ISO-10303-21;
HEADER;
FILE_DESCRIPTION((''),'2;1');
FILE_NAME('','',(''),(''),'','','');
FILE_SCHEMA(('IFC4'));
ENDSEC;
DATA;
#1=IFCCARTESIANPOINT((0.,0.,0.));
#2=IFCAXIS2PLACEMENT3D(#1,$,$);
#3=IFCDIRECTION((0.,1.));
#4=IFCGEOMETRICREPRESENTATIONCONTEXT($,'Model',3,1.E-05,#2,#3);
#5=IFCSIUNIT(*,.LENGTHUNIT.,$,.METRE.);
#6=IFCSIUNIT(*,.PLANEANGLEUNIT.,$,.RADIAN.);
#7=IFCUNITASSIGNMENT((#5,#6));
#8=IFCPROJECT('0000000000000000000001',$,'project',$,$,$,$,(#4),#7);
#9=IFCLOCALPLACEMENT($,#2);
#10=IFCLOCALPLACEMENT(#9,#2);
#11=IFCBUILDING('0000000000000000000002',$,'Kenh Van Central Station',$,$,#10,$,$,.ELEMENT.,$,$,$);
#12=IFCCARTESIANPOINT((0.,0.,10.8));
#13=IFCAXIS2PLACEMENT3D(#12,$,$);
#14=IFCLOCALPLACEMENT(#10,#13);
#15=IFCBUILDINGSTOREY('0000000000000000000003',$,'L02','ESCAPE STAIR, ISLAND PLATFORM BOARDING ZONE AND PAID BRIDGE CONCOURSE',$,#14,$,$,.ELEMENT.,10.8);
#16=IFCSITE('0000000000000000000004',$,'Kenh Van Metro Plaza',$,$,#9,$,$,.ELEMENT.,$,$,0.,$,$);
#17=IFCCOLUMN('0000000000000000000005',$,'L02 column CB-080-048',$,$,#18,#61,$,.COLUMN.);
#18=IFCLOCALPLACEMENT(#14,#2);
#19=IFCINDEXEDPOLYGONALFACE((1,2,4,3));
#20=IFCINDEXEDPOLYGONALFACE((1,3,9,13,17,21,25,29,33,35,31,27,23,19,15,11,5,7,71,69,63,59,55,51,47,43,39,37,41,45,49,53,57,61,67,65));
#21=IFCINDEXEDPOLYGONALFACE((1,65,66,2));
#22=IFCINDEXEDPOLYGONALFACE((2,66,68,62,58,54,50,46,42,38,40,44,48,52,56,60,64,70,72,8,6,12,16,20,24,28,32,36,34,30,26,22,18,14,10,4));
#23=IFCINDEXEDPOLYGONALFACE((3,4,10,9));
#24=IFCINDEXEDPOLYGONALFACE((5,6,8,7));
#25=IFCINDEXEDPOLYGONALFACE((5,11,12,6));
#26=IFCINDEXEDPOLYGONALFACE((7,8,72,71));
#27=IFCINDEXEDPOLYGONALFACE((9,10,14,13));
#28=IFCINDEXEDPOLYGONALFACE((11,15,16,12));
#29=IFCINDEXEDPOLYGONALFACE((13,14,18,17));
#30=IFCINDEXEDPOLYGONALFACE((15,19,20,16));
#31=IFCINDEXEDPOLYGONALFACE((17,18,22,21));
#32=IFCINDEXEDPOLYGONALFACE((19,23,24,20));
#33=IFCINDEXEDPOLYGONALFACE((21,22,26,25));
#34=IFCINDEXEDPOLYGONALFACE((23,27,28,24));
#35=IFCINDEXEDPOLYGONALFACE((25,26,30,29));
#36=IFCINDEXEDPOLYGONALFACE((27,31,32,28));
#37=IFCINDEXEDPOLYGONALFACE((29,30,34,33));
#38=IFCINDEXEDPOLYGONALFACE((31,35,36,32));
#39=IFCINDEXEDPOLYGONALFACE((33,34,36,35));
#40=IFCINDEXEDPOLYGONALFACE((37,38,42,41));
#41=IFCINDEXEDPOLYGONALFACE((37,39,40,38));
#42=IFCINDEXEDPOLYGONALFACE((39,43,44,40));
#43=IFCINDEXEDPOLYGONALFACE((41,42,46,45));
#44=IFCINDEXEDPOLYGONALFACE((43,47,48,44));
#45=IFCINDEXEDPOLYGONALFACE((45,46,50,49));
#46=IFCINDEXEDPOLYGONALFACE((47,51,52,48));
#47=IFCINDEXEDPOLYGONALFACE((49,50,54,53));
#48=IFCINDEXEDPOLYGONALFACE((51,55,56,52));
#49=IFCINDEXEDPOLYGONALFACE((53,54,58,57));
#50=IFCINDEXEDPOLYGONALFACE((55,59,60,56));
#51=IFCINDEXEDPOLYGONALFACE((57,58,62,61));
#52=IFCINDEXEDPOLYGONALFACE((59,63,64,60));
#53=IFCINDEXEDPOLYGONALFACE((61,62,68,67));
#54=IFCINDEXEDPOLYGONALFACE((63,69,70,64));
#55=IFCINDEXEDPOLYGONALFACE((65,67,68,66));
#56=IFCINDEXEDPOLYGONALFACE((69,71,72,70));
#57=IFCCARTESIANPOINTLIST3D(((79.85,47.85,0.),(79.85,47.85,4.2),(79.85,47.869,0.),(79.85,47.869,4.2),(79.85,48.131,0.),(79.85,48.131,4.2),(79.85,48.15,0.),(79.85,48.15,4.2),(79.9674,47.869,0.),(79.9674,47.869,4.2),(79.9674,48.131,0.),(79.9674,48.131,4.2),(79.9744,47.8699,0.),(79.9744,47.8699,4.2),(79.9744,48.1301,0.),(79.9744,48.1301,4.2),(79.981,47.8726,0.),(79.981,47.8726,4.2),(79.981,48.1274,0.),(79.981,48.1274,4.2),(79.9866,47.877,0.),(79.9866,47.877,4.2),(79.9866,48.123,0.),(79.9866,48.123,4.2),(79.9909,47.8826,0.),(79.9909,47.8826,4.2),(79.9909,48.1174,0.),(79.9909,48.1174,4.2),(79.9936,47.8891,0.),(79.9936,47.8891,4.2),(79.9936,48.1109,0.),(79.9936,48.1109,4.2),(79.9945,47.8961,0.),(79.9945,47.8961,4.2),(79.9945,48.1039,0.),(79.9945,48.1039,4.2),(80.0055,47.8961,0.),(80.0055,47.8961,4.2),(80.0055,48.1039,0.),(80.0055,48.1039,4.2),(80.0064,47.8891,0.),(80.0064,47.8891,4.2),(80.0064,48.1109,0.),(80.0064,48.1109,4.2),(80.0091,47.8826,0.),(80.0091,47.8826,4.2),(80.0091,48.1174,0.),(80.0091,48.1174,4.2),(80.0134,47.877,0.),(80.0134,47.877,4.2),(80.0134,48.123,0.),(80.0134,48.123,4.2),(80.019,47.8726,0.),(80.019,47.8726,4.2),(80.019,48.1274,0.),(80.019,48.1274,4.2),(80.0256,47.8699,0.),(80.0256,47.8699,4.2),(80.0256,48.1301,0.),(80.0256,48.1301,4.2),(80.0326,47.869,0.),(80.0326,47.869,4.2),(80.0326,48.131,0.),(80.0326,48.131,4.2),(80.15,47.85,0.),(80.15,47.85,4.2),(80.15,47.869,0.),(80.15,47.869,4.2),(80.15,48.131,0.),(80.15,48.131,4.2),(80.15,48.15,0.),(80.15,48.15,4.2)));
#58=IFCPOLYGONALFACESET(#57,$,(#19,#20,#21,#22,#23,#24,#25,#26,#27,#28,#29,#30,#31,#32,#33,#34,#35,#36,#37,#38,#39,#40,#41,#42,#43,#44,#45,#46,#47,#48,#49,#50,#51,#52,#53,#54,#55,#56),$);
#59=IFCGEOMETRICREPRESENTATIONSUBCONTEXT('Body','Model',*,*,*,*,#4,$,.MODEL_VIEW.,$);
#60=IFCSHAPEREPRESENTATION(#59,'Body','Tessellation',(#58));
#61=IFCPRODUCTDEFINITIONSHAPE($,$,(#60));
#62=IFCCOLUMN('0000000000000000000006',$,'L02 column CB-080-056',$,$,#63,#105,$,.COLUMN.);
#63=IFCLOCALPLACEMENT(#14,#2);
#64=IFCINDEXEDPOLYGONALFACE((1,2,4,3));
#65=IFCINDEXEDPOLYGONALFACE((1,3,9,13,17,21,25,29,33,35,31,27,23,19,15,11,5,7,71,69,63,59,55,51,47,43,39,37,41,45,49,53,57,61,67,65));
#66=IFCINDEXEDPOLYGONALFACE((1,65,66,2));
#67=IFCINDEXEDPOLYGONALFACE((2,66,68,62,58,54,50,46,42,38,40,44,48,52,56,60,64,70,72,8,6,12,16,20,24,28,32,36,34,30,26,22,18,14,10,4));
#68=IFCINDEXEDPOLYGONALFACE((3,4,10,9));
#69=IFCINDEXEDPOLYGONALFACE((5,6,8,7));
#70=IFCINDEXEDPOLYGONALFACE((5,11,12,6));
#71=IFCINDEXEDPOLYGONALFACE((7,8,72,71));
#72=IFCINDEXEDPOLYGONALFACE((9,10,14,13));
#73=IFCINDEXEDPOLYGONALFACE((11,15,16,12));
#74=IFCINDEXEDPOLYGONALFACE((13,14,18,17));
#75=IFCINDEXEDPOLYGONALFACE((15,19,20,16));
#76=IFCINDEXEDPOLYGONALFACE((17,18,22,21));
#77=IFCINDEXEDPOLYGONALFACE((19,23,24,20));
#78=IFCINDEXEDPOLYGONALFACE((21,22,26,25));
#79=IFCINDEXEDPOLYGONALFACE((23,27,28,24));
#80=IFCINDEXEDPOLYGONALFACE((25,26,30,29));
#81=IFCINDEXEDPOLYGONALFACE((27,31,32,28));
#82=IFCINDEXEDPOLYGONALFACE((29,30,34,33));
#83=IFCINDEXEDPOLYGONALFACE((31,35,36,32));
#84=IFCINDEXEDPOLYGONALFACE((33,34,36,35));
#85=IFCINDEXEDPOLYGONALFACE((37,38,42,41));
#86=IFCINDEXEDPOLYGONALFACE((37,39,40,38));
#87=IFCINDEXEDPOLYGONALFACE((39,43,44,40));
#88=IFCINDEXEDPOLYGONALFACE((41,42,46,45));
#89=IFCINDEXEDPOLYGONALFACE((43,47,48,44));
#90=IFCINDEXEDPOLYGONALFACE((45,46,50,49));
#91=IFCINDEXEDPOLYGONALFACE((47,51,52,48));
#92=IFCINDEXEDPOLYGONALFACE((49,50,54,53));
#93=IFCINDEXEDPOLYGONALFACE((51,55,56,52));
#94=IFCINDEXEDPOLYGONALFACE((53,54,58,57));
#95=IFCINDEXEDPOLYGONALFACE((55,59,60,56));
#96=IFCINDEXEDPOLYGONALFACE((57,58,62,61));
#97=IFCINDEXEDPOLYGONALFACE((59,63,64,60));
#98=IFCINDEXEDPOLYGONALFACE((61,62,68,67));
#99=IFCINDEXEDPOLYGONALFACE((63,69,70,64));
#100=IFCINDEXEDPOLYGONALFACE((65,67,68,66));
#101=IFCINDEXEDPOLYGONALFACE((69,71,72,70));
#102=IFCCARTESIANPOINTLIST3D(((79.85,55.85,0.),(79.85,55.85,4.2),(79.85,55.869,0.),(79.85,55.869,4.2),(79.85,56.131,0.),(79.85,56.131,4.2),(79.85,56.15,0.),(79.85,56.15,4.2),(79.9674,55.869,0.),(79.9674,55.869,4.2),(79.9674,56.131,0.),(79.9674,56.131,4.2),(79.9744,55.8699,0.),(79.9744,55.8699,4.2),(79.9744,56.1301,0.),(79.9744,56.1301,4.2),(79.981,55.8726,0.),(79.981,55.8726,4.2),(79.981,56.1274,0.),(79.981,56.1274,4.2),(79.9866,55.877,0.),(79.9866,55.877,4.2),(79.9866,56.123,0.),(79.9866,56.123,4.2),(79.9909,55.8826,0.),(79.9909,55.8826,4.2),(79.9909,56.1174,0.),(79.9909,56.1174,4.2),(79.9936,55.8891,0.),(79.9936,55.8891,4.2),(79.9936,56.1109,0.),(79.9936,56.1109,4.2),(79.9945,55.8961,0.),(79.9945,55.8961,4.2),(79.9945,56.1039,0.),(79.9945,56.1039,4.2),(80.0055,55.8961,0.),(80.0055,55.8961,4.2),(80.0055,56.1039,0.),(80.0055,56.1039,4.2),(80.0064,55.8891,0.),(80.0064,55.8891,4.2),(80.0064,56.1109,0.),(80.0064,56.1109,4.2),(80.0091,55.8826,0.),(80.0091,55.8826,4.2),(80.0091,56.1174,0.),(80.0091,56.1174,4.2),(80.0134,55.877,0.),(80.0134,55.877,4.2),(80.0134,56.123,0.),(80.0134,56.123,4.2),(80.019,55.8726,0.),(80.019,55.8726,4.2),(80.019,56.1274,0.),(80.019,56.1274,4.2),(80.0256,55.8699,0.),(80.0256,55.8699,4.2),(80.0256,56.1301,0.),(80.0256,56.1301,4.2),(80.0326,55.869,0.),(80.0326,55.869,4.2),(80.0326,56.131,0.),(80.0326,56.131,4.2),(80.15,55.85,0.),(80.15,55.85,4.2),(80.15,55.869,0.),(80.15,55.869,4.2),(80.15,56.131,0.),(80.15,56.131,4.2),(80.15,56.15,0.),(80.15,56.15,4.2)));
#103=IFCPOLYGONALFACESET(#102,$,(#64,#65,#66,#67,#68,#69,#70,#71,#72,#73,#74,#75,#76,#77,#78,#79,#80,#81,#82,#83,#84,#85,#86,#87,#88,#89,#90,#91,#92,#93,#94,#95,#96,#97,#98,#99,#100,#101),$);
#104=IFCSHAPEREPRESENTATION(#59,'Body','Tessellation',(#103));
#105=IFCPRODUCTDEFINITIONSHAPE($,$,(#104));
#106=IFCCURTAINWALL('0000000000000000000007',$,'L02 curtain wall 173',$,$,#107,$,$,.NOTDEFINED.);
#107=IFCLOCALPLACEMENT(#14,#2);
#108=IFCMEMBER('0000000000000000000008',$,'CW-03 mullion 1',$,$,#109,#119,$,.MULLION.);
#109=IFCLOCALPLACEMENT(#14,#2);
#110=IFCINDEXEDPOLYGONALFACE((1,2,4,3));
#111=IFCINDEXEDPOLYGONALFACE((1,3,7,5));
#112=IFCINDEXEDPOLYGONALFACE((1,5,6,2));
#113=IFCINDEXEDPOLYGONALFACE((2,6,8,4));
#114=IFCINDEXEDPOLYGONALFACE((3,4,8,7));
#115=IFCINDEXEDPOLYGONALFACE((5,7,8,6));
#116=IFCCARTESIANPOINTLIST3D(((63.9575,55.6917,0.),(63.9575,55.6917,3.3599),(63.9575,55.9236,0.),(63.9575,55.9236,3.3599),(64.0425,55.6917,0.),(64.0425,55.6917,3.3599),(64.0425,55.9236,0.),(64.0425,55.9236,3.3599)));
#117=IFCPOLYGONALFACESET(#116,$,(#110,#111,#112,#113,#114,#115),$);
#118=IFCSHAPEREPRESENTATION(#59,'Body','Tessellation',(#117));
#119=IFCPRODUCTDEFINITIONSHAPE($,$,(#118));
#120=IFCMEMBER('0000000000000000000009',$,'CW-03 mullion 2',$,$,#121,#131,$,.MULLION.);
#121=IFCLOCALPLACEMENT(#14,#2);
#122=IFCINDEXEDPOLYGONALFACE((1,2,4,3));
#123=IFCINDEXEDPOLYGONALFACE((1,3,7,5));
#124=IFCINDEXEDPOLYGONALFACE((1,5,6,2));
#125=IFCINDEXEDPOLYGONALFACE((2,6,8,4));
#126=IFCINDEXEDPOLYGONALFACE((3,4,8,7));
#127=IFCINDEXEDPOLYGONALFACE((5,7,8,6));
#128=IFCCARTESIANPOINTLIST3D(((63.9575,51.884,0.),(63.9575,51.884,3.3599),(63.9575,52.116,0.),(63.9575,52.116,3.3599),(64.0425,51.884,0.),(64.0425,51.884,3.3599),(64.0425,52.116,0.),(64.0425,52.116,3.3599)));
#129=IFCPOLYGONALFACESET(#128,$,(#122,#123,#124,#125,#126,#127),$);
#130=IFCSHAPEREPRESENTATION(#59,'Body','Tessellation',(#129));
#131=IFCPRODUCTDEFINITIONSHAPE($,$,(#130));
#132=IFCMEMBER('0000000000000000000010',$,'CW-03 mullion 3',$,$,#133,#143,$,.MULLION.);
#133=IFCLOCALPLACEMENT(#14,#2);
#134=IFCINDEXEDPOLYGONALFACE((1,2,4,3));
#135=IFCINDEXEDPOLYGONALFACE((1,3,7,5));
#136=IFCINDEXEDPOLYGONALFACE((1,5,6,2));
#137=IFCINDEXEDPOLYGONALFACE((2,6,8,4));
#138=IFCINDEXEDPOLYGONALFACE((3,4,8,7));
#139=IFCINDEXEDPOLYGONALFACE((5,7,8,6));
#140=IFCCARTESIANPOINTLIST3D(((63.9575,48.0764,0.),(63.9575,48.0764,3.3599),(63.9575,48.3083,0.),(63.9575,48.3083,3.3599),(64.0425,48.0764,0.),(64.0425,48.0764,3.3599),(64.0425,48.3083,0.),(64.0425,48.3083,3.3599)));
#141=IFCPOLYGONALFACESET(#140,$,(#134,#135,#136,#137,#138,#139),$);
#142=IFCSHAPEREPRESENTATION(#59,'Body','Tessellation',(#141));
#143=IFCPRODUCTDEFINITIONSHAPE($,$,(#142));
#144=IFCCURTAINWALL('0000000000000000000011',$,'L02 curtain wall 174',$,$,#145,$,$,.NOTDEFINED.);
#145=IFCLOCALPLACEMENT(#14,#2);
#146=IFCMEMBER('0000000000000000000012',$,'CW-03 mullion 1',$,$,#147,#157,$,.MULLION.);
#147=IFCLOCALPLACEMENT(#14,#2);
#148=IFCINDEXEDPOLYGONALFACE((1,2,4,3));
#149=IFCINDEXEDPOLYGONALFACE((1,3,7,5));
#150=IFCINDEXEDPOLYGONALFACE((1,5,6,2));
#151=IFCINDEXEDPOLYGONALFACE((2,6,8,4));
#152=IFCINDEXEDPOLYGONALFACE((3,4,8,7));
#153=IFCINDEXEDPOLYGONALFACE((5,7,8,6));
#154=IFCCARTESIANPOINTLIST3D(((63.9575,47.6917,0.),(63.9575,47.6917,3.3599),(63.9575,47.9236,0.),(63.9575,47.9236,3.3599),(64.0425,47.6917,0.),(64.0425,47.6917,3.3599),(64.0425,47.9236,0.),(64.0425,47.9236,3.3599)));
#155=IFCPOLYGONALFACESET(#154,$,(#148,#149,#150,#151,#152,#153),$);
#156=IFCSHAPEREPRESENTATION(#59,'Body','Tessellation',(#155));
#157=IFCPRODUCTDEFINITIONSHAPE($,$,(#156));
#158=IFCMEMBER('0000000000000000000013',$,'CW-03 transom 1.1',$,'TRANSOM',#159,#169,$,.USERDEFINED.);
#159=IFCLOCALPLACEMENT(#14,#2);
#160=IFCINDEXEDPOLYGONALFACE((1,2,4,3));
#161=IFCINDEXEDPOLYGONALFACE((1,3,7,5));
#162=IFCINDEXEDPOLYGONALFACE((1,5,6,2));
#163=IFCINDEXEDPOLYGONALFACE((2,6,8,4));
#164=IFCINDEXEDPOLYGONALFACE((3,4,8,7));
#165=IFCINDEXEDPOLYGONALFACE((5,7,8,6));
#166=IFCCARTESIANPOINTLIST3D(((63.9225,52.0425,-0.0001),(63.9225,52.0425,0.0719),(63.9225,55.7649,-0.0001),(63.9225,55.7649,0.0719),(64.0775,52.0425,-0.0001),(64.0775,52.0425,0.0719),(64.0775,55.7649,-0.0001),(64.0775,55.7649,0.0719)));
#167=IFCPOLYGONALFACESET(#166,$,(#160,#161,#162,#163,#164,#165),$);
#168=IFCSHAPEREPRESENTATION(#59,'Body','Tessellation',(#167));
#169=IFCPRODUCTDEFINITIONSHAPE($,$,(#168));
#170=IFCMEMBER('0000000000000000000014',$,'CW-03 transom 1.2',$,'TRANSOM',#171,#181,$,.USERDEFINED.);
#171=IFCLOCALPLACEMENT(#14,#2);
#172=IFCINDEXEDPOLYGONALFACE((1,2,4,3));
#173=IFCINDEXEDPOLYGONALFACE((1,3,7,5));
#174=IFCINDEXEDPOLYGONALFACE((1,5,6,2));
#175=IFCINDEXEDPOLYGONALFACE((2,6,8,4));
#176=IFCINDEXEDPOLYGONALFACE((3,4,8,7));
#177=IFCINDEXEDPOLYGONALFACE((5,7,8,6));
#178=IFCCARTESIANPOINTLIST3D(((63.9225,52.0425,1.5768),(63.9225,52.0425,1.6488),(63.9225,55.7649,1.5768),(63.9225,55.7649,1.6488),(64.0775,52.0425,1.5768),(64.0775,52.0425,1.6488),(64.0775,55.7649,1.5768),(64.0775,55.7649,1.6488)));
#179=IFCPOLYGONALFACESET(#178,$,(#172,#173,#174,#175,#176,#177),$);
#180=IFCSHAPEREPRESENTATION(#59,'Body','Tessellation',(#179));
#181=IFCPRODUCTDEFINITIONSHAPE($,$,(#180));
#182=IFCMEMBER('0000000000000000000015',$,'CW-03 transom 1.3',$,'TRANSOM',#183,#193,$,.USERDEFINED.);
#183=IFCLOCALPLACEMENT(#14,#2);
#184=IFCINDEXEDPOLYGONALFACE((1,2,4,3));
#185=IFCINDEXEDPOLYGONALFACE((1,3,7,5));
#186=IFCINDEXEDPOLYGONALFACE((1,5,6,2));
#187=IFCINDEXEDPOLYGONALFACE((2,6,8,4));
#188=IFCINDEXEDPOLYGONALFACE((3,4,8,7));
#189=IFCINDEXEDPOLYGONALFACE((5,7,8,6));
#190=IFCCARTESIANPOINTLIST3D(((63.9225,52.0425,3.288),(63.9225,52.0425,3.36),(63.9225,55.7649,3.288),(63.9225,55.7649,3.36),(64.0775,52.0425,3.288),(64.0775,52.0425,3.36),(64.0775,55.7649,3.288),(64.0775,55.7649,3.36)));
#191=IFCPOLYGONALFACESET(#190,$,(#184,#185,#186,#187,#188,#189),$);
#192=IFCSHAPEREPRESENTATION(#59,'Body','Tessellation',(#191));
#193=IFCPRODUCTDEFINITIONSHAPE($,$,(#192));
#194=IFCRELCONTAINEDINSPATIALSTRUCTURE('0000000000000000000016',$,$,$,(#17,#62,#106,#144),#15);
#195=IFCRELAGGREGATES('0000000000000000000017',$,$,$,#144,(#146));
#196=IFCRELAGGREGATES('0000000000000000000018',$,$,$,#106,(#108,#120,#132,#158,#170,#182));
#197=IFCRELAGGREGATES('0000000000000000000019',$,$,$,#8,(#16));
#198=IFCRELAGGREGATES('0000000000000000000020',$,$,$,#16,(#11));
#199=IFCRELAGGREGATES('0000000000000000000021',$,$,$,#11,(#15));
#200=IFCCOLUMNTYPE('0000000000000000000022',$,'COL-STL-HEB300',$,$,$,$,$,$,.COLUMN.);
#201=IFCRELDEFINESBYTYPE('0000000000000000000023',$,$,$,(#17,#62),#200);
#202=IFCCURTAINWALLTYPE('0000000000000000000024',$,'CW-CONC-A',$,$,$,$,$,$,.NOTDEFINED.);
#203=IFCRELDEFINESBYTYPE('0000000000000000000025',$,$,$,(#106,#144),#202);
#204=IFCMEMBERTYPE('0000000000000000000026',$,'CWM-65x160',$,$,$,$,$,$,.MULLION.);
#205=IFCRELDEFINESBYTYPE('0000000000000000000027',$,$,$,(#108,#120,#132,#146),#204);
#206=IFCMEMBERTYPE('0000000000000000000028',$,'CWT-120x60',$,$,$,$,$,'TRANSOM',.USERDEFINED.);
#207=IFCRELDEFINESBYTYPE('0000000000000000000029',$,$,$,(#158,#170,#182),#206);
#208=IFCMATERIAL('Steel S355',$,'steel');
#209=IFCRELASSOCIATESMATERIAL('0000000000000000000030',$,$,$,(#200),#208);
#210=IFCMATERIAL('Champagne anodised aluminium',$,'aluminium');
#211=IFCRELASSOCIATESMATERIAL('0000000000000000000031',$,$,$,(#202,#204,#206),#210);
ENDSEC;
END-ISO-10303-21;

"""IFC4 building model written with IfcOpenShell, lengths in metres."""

from ifc_helpers import new_model, si_unit, direction, frame, origin, origin_2d, place, context, subcontext, project, spatial, rectangle, i_section, extrude, material, material_profile, profile_set, type_object, element, aggregate, save


model = new_model("IFC4")

# Units and contexts
model_context = context("Model", 3, precision=1e-05, world=origin(), true_north=direction((0.0, 1.0)))
body_context = subcontext(model_context, "Body", "Model", "MODEL_VIEW")
ifc_project = project(units=[si_unit("LENGTHUNIT", "METRE"), si_unit("PLANEANGLEUNIT", "RADIAN")], contexts=[model_context])

# Site, building, storey
site_placement = place(None, origin())
site = spatial("IfcSite", under=ifc_project, at=site_placement, Name="Kenh Van Metro Plaza", CompositionType="ELEMENT", RefElevation=0.0)
building_placement = place(site_placement, origin())
building = spatial("IfcBuilding", under=site, at=building_placement, Name="Kenh Van Central Station", CompositionType="ELEMENT")
storey_placement = place(building_placement, frame((0.0, 0.0, 10.8)))
storey = spatial("IfcBuildingStorey", under=building, at=storey_placement, Name="L02", Description="ESCAPE STAIR, ISLAND PLATFORM BOARDING ZONE AND PAID BRIDGE CONCOURSE", CompositionType="ELEMENT", Elevation=10.8)

# Columns
ifc_material_1 = material(Name="Steel S355", Category="steel")
ifc_material_profile_1 = material_profile(ifc_material_1, i_section(OverallWidth=0.3, OverallDepth=0.3, WebThickness=0.011, FlangeThickness=0.019, FilletRadius=0.0271, at=origin_2d()), Name="HEB 300")
ifc_profile_set_1 = profile_set([ifc_material_profile_1], Name="Steel S355")
column_type = type_object("IfcColumnType", Name="COL-STL-HEB300", PredefinedType="COLUMN", material=ifc_profile_set_1)
for number, where, z_axis, x_axis, name in (
    (1, (80.0, 48.0, 0.0), (0.0, 0.0, 1.0), (1.0, 0.0, 0.0), "L02 column CB-080-048"),
    (2, (80.0, 56.0, 0.0), (0.0, 0.0, 1.0), (1.0, 0.0, 0.0), "L02 column CB-080-056"),
):
    element("IfcColumn", number, at=place(storey_placement, frame(where, z_axis=z_axis, x_axis=x_axis)), inside=storey, type_object=column_type, Name=name, PredefinedType="COLUMN", context=body_context, shape_type="SweptSolid", body=[
        extrude(i_section(OverallWidth=0.3, OverallDepth=0.3, WebThickness=0.011, FlangeThickness=0.019, FilletRadius=0.0271, at=origin_2d()), origin(), (0.0, 0.0, 1.0), 4.2),
    ])

# Curtain wall, members
ifc_material_2 = material(Name="Champagne anodised aluminium", Category="aluminium")
curtain_wall_type = type_object("IfcCurtainWallType", Name="CW-CONC-A", PredefinedType="NOTDEFINED", material=ifc_material_2)
curtain_wall_1_placement = place(storey_placement, origin())
curtain_wall_1 = element("IfcCurtainWall", 3, at=curtain_wall_1_placement, inside=storey, type_object=curtain_wall_type, Name="L02 curtain wall 173", PredefinedType="NOTDEFINED")
ifc_material_profile_2 = material_profile(ifc_material_2, rectangle(XDim=0.085, YDim=0.2319, at=origin_2d()), Name="AL 85x232")
ifc_profile_set_2 = profile_set([ifc_material_profile_2], Name="Champagne anodised aluminium")
member_type_1 = type_object("IfcMemberType", Name="CWM-65x160", PredefinedType="MULLION", material=ifc_profile_set_2)
member_1_placement = place(storey_placement, frame((64.0, 55.8076, 0.0), z_axis=(0.0, 0.0, 1.0), x_axis=(1.0, 0.0, 0.0)))
member_1 = element("IfcMember", 4, at=member_1_placement, type_object=member_type_1, Name="CW-03 mullion 1", PredefinedType="MULLION", context=body_context, shape_type="SweptSolid", body=[
    extrude(rectangle(XDim=0.085, YDim=0.2319, at=origin_2d()), origin(), (0.0, 0.0, 1.0), 3.3599),
])
member_2_placement = place(storey_placement, frame((64.0, 52.0, 0.0), z_axis=(0.0, 0.0, 1.0), x_axis=(1.0, 0.0, 0.0)))
member_2 = element("IfcMember", 5, at=member_2_placement, type_object=member_type_1, Name="CW-03 mullion 2", PredefinedType="MULLION", context=body_context, shape_type="SweptSolid", body=[
    extrude(rectangle(XDim=0.085, YDim=0.2319, at=origin_2d()), origin(), (0.0, 0.0, 1.0), 3.3599),
])
member_3_placement = place(storey_placement, frame((64.0, 48.1924, 0.0), z_axis=(0.0, 0.0, 1.0), x_axis=(1.0, 0.0, 0.0)))
member_3 = element("IfcMember", 6, at=member_3_placement, type_object=member_type_1, Name="CW-03 mullion 3", PredefinedType="MULLION", context=body_context, shape_type="SweptSolid", body=[
    extrude(rectangle(XDim=0.085, YDim=0.2319, at=origin_2d()), origin(), (0.0, 0.0, 1.0), 3.3599),
])

# Curtain wall, member
curtain_wall_2_placement = place(storey_placement, origin())
curtain_wall_2 = element("IfcCurtainWall", 7, at=curtain_wall_2_placement, inside=storey, type_object=curtain_wall_type, Name="L02 curtain wall 174", PredefinedType="NOTDEFINED")
member_4_placement = place(storey_placement, frame((64.0, 47.8076, 0.0), z_axis=(0.0, 0.0, 1.0), x_axis=(1.0, 0.0, 0.0)))
member_4 = element("IfcMember", 8, at=member_4_placement, type_object=member_type_1, Name="CW-03 mullion 1", PredefinedType="MULLION", context=body_context, shape_type="SweptSolid", body=[
    extrude(rectangle(XDim=0.085, YDim=0.2319, at=origin_2d()), origin(), (0.0, 0.0, 1.0), 3.3599),
])

# Members
ifc_material_profile_3 = material_profile(ifc_material_2, rectangle(XDim=0.155, YDim=0.072, at=origin_2d()), Name="AL 155x72")
ifc_profile_set_3 = profile_set([ifc_material_profile_3], Name="Champagne anodised aluminium")
member_type_2 = type_object("IfcMemberType", Name="CWT-120x60", ElementType="TRANSOM", PredefinedType="USERDEFINED", material=ifc_profile_set_3)
member_5_placement = place(storey_placement, frame((64.0, 55.7649, 0.0359), z_axis=(0.0, -1.0, 0.0), x_axis=(1.0, 0.0, 0.0)))
member_5 = element("IfcMember", 9, at=member_5_placement, type_object=member_type_2, Name="CW-03 transom 1.1", ObjectType="TRANSOM", PredefinedType="USERDEFINED", context=body_context, shape_type="SweptSolid", body=[
    extrude(rectangle(XDim=0.155, YDim=0.072, at=origin_2d()), origin(), (0.0, 0.0, 1.0), 3.7224),
])
member_6_placement = place(storey_placement, frame((64.0, 55.7649, 1.6128), z_axis=(0.0, -1.0, 0.0), x_axis=(1.0, 0.0, 0.0)))
member_6 = element("IfcMember", 10, at=member_6_placement, type_object=member_type_2, Name="CW-03 transom 1.2", ObjectType="TRANSOM", PredefinedType="USERDEFINED", context=body_context, shape_type="SweptSolid", body=[
    extrude(rectangle(XDim=0.155, YDim=0.072, at=origin_2d()), origin(), (0.0, 0.0, 1.0), 3.7224),
])
member_7_placement = place(storey_placement, frame((64.0, 55.7649, 3.324), z_axis=(0.0, -1.0, 0.0), x_axis=(1.0, 0.0, 0.0)))
member_7 = element("IfcMember", 11, at=member_7_placement, type_object=member_type_2, Name="CW-03 transom 1.3", ObjectType="TRANSOM", PredefinedType="USERDEFINED", context=body_context, shape_type="SweptSolid", body=[
    extrude(rectangle(XDim=0.155, YDim=0.072, at=origin_2d()), origin(), (0.0, 0.0, 1.0), 3.7224),
])
aggregate(curtain_wall_2, [member_4])

aggregate(curtain_wall_1, [member_1, member_2, member_3, member_5, member_6, member_7])

save(model, "model.ifc")
